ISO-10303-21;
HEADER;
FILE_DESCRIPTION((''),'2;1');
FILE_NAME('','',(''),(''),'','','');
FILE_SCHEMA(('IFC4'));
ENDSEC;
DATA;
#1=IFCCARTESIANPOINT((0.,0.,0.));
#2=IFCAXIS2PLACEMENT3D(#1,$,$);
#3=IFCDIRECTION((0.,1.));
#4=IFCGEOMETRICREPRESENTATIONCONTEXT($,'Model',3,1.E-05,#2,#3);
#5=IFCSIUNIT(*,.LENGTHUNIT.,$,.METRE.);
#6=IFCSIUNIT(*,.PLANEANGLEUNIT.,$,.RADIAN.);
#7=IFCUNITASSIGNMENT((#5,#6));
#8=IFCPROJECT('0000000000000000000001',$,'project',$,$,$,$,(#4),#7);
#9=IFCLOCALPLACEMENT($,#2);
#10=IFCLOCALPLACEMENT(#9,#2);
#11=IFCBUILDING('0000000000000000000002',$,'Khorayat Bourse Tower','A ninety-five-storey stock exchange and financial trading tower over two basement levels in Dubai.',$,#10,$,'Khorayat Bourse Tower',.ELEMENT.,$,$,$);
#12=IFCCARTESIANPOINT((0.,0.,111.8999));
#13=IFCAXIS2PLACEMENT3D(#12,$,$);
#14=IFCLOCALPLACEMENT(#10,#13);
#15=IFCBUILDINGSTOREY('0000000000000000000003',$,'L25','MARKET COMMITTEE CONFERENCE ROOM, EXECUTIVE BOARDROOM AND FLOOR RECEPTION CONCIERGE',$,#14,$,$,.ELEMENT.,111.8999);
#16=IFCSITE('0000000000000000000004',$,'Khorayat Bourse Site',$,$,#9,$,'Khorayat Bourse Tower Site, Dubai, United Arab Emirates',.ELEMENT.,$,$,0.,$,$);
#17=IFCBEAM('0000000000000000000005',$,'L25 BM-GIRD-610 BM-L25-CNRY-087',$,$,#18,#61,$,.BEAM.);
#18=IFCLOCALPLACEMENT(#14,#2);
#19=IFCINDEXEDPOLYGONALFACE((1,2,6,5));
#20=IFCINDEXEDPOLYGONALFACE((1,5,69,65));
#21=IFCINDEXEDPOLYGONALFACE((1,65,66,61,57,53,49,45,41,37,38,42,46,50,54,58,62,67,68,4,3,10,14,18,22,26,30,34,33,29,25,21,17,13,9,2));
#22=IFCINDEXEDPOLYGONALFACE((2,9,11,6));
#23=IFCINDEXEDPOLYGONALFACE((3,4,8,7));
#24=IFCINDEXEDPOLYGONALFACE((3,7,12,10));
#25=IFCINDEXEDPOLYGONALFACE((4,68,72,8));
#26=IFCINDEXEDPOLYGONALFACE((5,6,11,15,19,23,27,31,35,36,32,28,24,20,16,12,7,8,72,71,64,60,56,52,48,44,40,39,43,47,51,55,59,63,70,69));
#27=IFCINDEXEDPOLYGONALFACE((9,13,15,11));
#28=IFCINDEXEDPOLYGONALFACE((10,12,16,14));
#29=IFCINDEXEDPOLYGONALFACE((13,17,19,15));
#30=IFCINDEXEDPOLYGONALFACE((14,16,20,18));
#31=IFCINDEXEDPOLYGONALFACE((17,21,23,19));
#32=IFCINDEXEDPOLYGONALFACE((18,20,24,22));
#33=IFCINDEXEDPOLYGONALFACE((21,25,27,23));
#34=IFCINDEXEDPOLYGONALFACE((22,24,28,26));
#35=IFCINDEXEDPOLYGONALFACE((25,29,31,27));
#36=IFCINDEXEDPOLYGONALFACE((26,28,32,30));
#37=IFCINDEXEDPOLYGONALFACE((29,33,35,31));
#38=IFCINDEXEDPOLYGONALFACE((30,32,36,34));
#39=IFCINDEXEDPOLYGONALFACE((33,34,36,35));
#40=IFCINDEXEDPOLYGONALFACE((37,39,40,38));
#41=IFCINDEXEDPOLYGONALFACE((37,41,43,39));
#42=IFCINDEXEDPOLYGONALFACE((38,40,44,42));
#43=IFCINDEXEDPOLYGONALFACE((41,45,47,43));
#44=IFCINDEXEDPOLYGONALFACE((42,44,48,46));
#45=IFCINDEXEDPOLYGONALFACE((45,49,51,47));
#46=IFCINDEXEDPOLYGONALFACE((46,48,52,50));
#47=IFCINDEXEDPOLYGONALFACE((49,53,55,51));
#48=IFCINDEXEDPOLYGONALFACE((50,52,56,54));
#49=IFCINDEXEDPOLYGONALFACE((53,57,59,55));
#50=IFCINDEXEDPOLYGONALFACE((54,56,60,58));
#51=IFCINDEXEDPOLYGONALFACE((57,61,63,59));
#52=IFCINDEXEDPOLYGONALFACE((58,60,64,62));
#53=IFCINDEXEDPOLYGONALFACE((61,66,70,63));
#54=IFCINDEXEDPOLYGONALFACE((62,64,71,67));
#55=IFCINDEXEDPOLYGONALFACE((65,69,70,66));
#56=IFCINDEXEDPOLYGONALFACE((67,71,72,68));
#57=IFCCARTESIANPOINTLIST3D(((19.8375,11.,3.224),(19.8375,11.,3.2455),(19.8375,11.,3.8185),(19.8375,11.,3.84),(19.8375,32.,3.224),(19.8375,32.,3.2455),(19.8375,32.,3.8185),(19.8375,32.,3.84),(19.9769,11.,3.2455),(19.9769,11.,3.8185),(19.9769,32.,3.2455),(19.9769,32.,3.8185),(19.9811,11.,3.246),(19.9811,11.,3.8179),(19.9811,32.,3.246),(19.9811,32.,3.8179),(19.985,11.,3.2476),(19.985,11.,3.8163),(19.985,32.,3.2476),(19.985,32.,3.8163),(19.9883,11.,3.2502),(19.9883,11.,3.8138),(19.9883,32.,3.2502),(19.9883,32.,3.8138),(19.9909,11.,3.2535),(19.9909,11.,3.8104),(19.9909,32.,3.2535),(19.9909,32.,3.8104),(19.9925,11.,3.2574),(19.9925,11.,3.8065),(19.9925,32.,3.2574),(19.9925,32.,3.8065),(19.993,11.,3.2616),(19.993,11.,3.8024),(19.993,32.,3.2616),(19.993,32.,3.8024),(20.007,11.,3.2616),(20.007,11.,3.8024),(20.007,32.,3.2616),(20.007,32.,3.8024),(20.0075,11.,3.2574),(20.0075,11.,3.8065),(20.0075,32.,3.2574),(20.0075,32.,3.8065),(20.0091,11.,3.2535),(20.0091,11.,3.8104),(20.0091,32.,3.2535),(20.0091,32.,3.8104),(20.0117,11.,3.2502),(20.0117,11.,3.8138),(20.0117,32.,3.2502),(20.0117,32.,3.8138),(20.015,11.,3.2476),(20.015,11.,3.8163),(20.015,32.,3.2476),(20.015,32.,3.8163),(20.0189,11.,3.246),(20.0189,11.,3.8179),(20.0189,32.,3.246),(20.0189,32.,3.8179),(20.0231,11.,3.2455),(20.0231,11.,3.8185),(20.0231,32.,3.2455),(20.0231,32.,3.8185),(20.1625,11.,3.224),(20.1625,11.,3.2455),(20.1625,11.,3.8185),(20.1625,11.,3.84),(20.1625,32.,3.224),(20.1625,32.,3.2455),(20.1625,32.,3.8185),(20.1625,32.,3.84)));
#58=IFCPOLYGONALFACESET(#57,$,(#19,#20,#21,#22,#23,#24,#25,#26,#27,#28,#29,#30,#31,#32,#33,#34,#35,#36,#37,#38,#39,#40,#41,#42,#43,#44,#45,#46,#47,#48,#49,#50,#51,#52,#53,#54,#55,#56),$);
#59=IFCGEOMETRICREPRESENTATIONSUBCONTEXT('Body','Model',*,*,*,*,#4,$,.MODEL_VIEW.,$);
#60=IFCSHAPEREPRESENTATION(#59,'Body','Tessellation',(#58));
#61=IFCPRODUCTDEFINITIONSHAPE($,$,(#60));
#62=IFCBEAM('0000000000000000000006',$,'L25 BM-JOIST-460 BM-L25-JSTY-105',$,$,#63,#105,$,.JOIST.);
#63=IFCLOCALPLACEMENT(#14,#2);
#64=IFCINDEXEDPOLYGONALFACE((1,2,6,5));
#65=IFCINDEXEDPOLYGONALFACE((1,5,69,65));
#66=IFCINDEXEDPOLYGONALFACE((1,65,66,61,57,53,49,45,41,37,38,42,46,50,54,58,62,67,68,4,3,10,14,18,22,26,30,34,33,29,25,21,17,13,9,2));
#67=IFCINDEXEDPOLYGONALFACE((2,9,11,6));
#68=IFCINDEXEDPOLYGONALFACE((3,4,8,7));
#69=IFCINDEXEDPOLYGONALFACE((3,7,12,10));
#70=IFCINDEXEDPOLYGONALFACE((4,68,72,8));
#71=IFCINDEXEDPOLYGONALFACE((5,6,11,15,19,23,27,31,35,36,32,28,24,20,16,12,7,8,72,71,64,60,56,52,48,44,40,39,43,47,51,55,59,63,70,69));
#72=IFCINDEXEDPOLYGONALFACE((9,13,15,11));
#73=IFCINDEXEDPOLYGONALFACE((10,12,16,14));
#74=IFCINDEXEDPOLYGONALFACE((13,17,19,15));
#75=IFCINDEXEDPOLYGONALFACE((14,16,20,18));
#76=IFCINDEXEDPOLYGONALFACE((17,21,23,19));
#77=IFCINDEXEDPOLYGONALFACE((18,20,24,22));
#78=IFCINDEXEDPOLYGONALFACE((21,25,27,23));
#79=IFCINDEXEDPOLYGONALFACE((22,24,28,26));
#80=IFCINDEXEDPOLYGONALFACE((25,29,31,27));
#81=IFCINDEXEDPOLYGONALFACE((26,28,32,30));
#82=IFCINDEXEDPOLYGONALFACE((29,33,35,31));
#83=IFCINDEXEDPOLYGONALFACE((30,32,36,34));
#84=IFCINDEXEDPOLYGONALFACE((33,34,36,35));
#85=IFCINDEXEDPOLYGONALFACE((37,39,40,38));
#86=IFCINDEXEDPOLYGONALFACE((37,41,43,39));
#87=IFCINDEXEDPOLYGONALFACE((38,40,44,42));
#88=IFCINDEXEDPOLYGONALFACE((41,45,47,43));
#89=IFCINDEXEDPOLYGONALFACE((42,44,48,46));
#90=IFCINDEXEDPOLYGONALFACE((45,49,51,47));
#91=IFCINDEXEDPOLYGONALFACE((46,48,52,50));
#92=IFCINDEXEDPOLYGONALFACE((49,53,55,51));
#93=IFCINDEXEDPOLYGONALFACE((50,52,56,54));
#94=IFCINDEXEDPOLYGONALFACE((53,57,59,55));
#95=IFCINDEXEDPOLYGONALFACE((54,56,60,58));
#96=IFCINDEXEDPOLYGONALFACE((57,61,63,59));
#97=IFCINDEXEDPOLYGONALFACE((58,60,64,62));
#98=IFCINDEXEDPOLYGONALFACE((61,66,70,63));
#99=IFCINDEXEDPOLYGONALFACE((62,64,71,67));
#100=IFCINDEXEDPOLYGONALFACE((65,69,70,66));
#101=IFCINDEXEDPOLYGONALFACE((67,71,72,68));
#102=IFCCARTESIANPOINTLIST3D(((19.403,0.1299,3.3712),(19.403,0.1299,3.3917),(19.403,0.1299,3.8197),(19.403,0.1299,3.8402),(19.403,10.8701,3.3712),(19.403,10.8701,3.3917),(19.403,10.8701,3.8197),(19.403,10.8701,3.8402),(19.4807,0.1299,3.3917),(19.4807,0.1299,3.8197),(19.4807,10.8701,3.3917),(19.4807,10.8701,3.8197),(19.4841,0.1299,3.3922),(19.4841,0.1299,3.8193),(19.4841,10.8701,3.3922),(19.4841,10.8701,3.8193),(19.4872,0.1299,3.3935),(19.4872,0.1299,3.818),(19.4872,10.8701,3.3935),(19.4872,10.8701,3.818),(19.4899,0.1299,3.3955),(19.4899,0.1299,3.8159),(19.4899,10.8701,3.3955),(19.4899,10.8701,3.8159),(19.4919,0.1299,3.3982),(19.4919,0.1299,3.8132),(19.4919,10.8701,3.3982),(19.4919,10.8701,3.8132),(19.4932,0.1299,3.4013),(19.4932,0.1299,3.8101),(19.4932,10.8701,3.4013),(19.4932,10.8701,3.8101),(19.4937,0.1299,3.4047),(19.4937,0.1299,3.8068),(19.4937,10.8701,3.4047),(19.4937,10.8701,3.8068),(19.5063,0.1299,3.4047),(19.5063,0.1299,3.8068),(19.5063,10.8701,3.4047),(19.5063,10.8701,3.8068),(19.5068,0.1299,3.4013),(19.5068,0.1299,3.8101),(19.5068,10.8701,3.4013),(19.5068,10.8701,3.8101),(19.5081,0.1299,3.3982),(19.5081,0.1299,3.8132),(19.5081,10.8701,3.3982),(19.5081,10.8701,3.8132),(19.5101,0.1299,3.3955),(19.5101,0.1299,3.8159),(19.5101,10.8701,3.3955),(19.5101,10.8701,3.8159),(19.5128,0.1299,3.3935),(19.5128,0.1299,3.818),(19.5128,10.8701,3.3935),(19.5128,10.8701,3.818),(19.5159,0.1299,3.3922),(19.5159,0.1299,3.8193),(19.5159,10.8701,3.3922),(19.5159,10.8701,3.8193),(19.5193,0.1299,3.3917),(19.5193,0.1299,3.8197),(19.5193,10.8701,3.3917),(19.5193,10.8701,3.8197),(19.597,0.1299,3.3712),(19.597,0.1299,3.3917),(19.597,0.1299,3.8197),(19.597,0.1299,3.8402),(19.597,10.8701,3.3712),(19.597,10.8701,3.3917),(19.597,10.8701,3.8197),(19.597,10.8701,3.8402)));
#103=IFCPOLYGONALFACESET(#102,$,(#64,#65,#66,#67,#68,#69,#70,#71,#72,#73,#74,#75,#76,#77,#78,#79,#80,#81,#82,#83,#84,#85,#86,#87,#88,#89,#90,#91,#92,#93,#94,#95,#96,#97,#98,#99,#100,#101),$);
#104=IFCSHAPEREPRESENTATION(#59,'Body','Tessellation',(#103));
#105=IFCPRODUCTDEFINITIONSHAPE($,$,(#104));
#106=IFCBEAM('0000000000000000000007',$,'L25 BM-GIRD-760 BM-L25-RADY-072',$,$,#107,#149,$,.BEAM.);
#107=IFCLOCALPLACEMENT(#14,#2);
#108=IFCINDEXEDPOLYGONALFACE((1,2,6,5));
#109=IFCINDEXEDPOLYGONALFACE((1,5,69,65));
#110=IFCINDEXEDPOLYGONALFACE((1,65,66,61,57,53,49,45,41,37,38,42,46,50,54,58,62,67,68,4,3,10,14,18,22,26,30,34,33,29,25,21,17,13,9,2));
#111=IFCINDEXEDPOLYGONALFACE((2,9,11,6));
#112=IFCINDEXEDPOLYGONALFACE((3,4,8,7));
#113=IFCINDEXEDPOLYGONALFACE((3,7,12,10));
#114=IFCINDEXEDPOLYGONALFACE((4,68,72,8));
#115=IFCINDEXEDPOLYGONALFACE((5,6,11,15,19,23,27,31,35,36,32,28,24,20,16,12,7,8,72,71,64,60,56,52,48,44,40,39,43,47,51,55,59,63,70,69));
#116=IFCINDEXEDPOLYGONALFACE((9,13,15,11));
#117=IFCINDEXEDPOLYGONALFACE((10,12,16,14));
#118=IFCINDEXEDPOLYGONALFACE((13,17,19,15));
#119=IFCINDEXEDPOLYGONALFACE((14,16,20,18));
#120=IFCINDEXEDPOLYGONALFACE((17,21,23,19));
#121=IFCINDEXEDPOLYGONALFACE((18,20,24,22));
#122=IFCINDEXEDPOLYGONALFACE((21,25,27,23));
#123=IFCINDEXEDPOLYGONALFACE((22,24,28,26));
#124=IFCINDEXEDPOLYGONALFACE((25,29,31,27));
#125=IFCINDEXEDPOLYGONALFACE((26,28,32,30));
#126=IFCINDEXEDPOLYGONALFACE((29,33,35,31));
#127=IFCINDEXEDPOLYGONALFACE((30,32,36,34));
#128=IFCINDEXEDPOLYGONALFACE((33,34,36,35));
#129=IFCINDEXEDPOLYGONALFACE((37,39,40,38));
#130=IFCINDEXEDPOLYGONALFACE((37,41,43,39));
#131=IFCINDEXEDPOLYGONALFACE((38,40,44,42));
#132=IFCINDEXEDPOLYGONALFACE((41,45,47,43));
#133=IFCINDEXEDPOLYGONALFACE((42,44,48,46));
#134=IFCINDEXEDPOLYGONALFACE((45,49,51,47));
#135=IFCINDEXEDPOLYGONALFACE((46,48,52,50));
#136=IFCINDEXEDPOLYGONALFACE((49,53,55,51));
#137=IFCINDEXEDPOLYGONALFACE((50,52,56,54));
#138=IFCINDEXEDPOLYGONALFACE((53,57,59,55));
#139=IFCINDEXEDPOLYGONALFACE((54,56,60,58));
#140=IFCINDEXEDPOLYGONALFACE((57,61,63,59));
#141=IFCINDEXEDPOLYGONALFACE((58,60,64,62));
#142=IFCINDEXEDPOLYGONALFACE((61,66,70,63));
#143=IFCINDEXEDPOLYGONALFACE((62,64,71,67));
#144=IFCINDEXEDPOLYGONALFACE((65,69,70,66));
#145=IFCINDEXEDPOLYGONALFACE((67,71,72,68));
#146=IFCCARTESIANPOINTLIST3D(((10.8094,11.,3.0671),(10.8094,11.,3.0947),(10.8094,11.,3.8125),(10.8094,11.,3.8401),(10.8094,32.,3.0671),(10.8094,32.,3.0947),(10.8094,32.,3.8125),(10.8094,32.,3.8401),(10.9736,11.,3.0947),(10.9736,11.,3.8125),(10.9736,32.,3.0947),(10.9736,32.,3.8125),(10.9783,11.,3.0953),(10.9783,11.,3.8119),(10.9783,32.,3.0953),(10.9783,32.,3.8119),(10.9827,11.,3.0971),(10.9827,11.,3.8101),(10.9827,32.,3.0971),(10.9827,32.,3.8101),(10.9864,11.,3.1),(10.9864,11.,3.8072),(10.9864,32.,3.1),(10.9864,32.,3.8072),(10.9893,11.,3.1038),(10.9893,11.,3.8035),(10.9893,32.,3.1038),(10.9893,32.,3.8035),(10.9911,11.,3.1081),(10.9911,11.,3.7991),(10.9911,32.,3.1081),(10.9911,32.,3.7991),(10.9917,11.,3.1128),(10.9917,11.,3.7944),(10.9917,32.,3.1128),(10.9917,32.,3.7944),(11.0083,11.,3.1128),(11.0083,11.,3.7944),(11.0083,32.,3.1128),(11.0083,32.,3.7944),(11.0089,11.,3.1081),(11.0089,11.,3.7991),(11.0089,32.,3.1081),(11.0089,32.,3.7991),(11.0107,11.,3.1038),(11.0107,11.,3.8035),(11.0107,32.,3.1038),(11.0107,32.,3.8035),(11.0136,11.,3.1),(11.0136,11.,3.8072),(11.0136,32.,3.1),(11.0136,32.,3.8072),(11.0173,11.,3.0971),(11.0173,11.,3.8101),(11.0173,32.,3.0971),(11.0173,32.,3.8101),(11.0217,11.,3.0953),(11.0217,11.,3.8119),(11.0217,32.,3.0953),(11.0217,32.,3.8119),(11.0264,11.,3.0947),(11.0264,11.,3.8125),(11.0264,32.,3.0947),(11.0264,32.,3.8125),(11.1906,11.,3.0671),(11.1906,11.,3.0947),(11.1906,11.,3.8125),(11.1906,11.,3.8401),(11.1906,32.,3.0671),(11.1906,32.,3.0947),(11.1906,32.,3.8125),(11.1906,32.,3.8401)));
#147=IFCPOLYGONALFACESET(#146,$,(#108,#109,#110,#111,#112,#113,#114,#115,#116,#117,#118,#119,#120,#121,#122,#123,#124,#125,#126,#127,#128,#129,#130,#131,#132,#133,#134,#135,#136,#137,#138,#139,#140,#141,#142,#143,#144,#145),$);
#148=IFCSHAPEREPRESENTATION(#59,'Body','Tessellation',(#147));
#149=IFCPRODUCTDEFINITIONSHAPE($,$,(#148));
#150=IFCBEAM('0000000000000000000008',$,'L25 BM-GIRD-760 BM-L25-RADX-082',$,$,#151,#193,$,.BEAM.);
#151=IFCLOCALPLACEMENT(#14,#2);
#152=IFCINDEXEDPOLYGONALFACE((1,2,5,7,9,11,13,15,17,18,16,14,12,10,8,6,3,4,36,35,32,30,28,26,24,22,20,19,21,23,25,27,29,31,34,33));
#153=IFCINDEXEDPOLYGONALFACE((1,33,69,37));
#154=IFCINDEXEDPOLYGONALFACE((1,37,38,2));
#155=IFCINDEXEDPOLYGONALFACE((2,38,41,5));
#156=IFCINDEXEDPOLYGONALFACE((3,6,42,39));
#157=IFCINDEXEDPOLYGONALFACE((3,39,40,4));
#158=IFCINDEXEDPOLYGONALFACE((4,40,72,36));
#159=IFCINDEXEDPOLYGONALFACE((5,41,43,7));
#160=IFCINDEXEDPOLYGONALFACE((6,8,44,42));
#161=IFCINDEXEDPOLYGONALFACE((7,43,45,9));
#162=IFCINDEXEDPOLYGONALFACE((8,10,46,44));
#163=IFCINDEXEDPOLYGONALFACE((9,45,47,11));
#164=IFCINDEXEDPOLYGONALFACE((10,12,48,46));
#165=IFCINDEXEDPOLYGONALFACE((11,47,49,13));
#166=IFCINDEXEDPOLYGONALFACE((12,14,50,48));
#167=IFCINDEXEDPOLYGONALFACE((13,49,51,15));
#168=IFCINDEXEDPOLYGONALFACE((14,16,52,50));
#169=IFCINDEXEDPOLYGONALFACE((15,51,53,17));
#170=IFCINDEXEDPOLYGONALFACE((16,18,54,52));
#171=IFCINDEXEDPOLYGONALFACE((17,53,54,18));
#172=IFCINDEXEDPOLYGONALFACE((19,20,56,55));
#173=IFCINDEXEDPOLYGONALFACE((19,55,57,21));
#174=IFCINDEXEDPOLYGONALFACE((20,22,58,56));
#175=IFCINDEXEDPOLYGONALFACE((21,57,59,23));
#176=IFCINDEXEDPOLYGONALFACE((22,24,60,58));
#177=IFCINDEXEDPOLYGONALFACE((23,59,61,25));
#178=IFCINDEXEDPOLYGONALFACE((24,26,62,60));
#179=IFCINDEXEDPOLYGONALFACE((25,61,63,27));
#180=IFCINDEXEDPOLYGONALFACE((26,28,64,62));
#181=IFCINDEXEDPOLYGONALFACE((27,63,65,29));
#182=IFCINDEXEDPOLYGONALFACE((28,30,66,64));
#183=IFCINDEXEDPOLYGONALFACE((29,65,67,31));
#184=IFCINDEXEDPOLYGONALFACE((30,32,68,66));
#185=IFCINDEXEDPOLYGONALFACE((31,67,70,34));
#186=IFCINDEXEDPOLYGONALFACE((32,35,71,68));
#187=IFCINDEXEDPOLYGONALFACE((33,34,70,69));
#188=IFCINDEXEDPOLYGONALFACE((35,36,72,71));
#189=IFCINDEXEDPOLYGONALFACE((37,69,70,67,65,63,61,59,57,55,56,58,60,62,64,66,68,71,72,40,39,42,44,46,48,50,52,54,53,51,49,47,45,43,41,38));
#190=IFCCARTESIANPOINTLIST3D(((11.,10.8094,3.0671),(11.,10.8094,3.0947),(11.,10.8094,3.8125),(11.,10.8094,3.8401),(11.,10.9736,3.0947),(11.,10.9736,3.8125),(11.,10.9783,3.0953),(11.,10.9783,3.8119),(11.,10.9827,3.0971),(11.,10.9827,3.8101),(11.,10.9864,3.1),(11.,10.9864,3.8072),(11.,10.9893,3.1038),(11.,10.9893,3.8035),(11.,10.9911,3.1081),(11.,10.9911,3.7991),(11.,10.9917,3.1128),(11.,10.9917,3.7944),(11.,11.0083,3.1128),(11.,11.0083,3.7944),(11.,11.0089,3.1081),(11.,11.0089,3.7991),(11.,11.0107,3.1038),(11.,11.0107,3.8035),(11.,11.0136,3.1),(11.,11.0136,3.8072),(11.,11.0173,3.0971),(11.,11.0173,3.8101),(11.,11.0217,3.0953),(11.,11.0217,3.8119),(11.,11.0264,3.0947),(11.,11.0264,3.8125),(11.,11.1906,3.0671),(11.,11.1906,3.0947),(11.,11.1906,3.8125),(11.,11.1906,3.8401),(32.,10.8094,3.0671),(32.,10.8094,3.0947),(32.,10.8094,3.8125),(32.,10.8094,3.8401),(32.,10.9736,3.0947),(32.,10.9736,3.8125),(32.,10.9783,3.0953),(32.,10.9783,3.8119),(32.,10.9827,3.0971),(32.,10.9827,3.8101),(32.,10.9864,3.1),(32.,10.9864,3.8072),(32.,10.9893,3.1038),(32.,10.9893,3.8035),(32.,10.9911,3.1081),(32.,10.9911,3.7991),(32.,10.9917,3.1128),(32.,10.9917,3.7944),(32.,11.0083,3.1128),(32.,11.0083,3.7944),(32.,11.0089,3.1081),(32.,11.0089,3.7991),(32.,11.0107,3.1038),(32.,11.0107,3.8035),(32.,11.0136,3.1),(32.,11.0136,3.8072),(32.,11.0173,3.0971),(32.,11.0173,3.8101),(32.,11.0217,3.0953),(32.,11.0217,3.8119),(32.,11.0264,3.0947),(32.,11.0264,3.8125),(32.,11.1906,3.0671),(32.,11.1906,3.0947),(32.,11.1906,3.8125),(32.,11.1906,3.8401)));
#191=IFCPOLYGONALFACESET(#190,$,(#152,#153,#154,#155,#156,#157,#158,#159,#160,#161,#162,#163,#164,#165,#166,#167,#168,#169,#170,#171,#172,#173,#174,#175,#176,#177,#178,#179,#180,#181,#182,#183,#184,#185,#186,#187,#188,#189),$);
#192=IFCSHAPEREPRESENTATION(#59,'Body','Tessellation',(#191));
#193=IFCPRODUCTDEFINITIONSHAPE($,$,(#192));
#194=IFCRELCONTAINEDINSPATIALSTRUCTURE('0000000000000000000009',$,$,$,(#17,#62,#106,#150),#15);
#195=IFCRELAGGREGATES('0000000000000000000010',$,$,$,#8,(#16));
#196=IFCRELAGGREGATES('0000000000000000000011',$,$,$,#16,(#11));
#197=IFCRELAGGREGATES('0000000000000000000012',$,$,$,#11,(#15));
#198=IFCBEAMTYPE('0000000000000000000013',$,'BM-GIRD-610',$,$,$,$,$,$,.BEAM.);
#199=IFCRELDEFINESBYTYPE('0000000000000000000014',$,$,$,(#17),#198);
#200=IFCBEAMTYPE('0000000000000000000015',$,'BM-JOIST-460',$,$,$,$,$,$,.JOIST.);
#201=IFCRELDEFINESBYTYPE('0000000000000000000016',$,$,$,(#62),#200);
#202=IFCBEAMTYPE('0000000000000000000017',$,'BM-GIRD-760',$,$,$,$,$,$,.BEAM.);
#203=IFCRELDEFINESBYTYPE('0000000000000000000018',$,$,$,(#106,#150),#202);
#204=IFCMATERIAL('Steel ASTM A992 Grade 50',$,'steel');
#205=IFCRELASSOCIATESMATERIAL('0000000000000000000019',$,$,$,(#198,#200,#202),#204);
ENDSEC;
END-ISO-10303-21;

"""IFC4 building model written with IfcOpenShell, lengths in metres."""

from ifc_helpers import new_model, si_unit, direction, frame, origin, origin_2d, place, context, subcontext, project, spatial, i_section, extrude, source, transform, mapped, material, material_profile, profile_set, type_object, element, save


model = new_model("IFC4")

# Units and contexts
model_context = context("Model", 3, precision=1e-05, world=origin(), true_north=direction((0.0, 1.0)))
body_context = subcontext(model_context, "Body", "Model", "MODEL_VIEW")
ifc_project = project(units=[si_unit("LENGTHUNIT", "METRE"), si_unit("PLANEANGLEUNIT", "RADIAN")], contexts=[model_context])

# Site, building, storey
site_placement = place(None, origin())
site = spatial("IfcSite", under=ifc_project, at=site_placement, Name="Khorayat Bourse Site", LongName="Khorayat Bourse Tower Site, Dubai, United Arab Emirates", CompositionType="ELEMENT", RefElevation=0.0)
building_placement = place(site_placement, origin())
building = spatial("IfcBuilding", under=site, at=building_placement, Name="Khorayat Bourse Tower", Description="A ninety-five-storey stock exchange and financial trading tower over two basement levels in Dubai.", LongName="Khorayat Bourse Tower", CompositionType="ELEMENT")
storey_placement = place(building_placement, frame((0.0, 0.0, 111.8999)))
storey = spatial("IfcBuildingStorey", under=building, at=storey_placement, Name="L25", Description="MARKET COMMITTEE CONFERENCE ROOM, EXECUTIVE BOARDROOM AND FLOOR RECEPTION CONCIERGE", CompositionType="ELEMENT", Elevation=111.8999)

# Beams
ifc_material_1 = material(Name="Steel ASTM A992 Grade 50", Category="steel")
ifc_material_profile_1 = material_profile(ifc_material_1, i_section(OverallWidth=0.325, OverallDepth=0.616, WebThickness=0.0139, FlangeThickness=0.0215, FilletRadius=0.0161, at=origin_2d()), Name="W610X174")
ifc_profile_set_1 = profile_set([ifc_material_profile_1], Name="Steel ASTM A992 Grade 50")
beam_type_1 = type_object("IfcBeamType", Name="BM-GIRD-610", PredefinedType="BEAM", material=ifc_profile_set_1)
shared_shape_1 = source(origin(), body_context, "Body", "SweptSolid", [
    extrude(i_section(OverallWidth=0.325, OverallDepth=0.616, WebThickness=0.0139, FlangeThickness=0.0215, FilletRadius=0.0161, at=origin_2d()), origin(), (0.0, 0.0, 1.0), 21.0),
])
beam_1_placement = place(storey_placement, frame((20.0, 11.0, 3.532), z_axis=(0.0, 1.0, 0.0), x_axis=(-1.0, 0.0, 0.0)))
element("IfcBeam", 1, at=beam_1_placement, inside=storey, type_object=beam_type_1, Name="L25 BM-GIRD-610 BM-L25-CNRY-087", PredefinedType="BEAM", context=body_context, shape_type="MappedRepresentation", body=[
    mapped(shared_shape_1, transform((0.0, 0.0, 0.0), scale=1.0)),
])
ifc_material_profile_2 = material_profile(ifc_material_1, i_section(OverallWidth=0.1941, OverallDepth=0.469, WebThickness=0.0127, FlangeThickness=0.0205, FilletRadius=0.0129, at=origin_2d()), Name="W460X106")
ifc_profile_set_2 = profile_set([ifc_material_profile_2], Name="Steel ASTM A992 Grade 50")
beam_type_2 = type_object("IfcBeamType", Name="BM-JOIST-460", PredefinedType="JOIST", material=ifc_profile_set_2)
shared_shape_2 = source(origin(), body_context, "Body", "SweptSolid", [
    extrude(i_section(OverallWidth=0.1941, OverallDepth=0.469, WebThickness=0.0127, FlangeThickness=0.0205, FilletRadius=0.0129, at=origin_2d()), origin(), (0.0, 0.0, 1.0), 10.7402),
])
beam_2_placement = place(storey_placement, frame((19.5, 0.1299, 3.6057), z_axis=(0.0, 1.0, 0.0), x_axis=(-1.0, 0.0, 0.0)))
element("IfcBeam", 2, at=beam_2_placement, inside=storey, type_object=beam_type_2, Name="L25 BM-JOIST-460 BM-L25-JSTY-105", PredefinedType="JOIST", context=body_context, shape_type="MappedRepresentation", body=[
    mapped(shared_shape_2, transform((0.0, 0.0, 0.0), scale=1.0)),
])
ifc_material_profile_3 = material_profile(ifc_material_1, i_section(OverallWidth=0.3811, OverallDepth=0.7729, WebThickness=0.0166, FlangeThickness=0.0276, FilletRadius=0.0181, at=origin_2d()), Name="W760X257")
ifc_profile_set_3 = profile_set([ifc_material_profile_3], Name="Steel ASTM A992 Grade 50")
beam_type_3 = type_object("IfcBeamType", Name="BM-GIRD-760", PredefinedType="BEAM", material=ifc_profile_set_3)
shared_shape_3 = source(origin(), body_context, "Body", "SweptSolid", [
    extrude(i_section(OverallWidth=0.3811, OverallDepth=0.7729, WebThickness=0.0166, FlangeThickness=0.0276, FilletRadius=0.0181, at=origin_2d()), origin(), (0.0, 0.0, 1.0), 21.0),
])
for number, where, z_axis, x_axis, name in (
    (3, (11.0, 11.0, 3.4536), (0.0, 1.0, 0.0), (-1.0, 0.0, 0.0), "L25 BM-GIRD-760 BM-L25-RADY-072"),
    (4, (11.0, 11.0, 3.4536), (1.0, 0.0, 0.0), (0.0, 1.0, 0.0), "L25 BM-GIRD-760 BM-L25-RADX-082"),
):
    element("IfcBeam", number, at=place(storey_placement, frame(where, z_axis=z_axis, x_axis=x_axis)), inside=storey, type_object=beam_type_3, Name=name, PredefinedType="BEAM", context=body_context, shape_type="MappedRepresentation", body=[
        mapped(shared_shape_3, transform((0.0, 0.0, 0.0), scale=1.0)),
    ])

save(model, "model.ifc")
